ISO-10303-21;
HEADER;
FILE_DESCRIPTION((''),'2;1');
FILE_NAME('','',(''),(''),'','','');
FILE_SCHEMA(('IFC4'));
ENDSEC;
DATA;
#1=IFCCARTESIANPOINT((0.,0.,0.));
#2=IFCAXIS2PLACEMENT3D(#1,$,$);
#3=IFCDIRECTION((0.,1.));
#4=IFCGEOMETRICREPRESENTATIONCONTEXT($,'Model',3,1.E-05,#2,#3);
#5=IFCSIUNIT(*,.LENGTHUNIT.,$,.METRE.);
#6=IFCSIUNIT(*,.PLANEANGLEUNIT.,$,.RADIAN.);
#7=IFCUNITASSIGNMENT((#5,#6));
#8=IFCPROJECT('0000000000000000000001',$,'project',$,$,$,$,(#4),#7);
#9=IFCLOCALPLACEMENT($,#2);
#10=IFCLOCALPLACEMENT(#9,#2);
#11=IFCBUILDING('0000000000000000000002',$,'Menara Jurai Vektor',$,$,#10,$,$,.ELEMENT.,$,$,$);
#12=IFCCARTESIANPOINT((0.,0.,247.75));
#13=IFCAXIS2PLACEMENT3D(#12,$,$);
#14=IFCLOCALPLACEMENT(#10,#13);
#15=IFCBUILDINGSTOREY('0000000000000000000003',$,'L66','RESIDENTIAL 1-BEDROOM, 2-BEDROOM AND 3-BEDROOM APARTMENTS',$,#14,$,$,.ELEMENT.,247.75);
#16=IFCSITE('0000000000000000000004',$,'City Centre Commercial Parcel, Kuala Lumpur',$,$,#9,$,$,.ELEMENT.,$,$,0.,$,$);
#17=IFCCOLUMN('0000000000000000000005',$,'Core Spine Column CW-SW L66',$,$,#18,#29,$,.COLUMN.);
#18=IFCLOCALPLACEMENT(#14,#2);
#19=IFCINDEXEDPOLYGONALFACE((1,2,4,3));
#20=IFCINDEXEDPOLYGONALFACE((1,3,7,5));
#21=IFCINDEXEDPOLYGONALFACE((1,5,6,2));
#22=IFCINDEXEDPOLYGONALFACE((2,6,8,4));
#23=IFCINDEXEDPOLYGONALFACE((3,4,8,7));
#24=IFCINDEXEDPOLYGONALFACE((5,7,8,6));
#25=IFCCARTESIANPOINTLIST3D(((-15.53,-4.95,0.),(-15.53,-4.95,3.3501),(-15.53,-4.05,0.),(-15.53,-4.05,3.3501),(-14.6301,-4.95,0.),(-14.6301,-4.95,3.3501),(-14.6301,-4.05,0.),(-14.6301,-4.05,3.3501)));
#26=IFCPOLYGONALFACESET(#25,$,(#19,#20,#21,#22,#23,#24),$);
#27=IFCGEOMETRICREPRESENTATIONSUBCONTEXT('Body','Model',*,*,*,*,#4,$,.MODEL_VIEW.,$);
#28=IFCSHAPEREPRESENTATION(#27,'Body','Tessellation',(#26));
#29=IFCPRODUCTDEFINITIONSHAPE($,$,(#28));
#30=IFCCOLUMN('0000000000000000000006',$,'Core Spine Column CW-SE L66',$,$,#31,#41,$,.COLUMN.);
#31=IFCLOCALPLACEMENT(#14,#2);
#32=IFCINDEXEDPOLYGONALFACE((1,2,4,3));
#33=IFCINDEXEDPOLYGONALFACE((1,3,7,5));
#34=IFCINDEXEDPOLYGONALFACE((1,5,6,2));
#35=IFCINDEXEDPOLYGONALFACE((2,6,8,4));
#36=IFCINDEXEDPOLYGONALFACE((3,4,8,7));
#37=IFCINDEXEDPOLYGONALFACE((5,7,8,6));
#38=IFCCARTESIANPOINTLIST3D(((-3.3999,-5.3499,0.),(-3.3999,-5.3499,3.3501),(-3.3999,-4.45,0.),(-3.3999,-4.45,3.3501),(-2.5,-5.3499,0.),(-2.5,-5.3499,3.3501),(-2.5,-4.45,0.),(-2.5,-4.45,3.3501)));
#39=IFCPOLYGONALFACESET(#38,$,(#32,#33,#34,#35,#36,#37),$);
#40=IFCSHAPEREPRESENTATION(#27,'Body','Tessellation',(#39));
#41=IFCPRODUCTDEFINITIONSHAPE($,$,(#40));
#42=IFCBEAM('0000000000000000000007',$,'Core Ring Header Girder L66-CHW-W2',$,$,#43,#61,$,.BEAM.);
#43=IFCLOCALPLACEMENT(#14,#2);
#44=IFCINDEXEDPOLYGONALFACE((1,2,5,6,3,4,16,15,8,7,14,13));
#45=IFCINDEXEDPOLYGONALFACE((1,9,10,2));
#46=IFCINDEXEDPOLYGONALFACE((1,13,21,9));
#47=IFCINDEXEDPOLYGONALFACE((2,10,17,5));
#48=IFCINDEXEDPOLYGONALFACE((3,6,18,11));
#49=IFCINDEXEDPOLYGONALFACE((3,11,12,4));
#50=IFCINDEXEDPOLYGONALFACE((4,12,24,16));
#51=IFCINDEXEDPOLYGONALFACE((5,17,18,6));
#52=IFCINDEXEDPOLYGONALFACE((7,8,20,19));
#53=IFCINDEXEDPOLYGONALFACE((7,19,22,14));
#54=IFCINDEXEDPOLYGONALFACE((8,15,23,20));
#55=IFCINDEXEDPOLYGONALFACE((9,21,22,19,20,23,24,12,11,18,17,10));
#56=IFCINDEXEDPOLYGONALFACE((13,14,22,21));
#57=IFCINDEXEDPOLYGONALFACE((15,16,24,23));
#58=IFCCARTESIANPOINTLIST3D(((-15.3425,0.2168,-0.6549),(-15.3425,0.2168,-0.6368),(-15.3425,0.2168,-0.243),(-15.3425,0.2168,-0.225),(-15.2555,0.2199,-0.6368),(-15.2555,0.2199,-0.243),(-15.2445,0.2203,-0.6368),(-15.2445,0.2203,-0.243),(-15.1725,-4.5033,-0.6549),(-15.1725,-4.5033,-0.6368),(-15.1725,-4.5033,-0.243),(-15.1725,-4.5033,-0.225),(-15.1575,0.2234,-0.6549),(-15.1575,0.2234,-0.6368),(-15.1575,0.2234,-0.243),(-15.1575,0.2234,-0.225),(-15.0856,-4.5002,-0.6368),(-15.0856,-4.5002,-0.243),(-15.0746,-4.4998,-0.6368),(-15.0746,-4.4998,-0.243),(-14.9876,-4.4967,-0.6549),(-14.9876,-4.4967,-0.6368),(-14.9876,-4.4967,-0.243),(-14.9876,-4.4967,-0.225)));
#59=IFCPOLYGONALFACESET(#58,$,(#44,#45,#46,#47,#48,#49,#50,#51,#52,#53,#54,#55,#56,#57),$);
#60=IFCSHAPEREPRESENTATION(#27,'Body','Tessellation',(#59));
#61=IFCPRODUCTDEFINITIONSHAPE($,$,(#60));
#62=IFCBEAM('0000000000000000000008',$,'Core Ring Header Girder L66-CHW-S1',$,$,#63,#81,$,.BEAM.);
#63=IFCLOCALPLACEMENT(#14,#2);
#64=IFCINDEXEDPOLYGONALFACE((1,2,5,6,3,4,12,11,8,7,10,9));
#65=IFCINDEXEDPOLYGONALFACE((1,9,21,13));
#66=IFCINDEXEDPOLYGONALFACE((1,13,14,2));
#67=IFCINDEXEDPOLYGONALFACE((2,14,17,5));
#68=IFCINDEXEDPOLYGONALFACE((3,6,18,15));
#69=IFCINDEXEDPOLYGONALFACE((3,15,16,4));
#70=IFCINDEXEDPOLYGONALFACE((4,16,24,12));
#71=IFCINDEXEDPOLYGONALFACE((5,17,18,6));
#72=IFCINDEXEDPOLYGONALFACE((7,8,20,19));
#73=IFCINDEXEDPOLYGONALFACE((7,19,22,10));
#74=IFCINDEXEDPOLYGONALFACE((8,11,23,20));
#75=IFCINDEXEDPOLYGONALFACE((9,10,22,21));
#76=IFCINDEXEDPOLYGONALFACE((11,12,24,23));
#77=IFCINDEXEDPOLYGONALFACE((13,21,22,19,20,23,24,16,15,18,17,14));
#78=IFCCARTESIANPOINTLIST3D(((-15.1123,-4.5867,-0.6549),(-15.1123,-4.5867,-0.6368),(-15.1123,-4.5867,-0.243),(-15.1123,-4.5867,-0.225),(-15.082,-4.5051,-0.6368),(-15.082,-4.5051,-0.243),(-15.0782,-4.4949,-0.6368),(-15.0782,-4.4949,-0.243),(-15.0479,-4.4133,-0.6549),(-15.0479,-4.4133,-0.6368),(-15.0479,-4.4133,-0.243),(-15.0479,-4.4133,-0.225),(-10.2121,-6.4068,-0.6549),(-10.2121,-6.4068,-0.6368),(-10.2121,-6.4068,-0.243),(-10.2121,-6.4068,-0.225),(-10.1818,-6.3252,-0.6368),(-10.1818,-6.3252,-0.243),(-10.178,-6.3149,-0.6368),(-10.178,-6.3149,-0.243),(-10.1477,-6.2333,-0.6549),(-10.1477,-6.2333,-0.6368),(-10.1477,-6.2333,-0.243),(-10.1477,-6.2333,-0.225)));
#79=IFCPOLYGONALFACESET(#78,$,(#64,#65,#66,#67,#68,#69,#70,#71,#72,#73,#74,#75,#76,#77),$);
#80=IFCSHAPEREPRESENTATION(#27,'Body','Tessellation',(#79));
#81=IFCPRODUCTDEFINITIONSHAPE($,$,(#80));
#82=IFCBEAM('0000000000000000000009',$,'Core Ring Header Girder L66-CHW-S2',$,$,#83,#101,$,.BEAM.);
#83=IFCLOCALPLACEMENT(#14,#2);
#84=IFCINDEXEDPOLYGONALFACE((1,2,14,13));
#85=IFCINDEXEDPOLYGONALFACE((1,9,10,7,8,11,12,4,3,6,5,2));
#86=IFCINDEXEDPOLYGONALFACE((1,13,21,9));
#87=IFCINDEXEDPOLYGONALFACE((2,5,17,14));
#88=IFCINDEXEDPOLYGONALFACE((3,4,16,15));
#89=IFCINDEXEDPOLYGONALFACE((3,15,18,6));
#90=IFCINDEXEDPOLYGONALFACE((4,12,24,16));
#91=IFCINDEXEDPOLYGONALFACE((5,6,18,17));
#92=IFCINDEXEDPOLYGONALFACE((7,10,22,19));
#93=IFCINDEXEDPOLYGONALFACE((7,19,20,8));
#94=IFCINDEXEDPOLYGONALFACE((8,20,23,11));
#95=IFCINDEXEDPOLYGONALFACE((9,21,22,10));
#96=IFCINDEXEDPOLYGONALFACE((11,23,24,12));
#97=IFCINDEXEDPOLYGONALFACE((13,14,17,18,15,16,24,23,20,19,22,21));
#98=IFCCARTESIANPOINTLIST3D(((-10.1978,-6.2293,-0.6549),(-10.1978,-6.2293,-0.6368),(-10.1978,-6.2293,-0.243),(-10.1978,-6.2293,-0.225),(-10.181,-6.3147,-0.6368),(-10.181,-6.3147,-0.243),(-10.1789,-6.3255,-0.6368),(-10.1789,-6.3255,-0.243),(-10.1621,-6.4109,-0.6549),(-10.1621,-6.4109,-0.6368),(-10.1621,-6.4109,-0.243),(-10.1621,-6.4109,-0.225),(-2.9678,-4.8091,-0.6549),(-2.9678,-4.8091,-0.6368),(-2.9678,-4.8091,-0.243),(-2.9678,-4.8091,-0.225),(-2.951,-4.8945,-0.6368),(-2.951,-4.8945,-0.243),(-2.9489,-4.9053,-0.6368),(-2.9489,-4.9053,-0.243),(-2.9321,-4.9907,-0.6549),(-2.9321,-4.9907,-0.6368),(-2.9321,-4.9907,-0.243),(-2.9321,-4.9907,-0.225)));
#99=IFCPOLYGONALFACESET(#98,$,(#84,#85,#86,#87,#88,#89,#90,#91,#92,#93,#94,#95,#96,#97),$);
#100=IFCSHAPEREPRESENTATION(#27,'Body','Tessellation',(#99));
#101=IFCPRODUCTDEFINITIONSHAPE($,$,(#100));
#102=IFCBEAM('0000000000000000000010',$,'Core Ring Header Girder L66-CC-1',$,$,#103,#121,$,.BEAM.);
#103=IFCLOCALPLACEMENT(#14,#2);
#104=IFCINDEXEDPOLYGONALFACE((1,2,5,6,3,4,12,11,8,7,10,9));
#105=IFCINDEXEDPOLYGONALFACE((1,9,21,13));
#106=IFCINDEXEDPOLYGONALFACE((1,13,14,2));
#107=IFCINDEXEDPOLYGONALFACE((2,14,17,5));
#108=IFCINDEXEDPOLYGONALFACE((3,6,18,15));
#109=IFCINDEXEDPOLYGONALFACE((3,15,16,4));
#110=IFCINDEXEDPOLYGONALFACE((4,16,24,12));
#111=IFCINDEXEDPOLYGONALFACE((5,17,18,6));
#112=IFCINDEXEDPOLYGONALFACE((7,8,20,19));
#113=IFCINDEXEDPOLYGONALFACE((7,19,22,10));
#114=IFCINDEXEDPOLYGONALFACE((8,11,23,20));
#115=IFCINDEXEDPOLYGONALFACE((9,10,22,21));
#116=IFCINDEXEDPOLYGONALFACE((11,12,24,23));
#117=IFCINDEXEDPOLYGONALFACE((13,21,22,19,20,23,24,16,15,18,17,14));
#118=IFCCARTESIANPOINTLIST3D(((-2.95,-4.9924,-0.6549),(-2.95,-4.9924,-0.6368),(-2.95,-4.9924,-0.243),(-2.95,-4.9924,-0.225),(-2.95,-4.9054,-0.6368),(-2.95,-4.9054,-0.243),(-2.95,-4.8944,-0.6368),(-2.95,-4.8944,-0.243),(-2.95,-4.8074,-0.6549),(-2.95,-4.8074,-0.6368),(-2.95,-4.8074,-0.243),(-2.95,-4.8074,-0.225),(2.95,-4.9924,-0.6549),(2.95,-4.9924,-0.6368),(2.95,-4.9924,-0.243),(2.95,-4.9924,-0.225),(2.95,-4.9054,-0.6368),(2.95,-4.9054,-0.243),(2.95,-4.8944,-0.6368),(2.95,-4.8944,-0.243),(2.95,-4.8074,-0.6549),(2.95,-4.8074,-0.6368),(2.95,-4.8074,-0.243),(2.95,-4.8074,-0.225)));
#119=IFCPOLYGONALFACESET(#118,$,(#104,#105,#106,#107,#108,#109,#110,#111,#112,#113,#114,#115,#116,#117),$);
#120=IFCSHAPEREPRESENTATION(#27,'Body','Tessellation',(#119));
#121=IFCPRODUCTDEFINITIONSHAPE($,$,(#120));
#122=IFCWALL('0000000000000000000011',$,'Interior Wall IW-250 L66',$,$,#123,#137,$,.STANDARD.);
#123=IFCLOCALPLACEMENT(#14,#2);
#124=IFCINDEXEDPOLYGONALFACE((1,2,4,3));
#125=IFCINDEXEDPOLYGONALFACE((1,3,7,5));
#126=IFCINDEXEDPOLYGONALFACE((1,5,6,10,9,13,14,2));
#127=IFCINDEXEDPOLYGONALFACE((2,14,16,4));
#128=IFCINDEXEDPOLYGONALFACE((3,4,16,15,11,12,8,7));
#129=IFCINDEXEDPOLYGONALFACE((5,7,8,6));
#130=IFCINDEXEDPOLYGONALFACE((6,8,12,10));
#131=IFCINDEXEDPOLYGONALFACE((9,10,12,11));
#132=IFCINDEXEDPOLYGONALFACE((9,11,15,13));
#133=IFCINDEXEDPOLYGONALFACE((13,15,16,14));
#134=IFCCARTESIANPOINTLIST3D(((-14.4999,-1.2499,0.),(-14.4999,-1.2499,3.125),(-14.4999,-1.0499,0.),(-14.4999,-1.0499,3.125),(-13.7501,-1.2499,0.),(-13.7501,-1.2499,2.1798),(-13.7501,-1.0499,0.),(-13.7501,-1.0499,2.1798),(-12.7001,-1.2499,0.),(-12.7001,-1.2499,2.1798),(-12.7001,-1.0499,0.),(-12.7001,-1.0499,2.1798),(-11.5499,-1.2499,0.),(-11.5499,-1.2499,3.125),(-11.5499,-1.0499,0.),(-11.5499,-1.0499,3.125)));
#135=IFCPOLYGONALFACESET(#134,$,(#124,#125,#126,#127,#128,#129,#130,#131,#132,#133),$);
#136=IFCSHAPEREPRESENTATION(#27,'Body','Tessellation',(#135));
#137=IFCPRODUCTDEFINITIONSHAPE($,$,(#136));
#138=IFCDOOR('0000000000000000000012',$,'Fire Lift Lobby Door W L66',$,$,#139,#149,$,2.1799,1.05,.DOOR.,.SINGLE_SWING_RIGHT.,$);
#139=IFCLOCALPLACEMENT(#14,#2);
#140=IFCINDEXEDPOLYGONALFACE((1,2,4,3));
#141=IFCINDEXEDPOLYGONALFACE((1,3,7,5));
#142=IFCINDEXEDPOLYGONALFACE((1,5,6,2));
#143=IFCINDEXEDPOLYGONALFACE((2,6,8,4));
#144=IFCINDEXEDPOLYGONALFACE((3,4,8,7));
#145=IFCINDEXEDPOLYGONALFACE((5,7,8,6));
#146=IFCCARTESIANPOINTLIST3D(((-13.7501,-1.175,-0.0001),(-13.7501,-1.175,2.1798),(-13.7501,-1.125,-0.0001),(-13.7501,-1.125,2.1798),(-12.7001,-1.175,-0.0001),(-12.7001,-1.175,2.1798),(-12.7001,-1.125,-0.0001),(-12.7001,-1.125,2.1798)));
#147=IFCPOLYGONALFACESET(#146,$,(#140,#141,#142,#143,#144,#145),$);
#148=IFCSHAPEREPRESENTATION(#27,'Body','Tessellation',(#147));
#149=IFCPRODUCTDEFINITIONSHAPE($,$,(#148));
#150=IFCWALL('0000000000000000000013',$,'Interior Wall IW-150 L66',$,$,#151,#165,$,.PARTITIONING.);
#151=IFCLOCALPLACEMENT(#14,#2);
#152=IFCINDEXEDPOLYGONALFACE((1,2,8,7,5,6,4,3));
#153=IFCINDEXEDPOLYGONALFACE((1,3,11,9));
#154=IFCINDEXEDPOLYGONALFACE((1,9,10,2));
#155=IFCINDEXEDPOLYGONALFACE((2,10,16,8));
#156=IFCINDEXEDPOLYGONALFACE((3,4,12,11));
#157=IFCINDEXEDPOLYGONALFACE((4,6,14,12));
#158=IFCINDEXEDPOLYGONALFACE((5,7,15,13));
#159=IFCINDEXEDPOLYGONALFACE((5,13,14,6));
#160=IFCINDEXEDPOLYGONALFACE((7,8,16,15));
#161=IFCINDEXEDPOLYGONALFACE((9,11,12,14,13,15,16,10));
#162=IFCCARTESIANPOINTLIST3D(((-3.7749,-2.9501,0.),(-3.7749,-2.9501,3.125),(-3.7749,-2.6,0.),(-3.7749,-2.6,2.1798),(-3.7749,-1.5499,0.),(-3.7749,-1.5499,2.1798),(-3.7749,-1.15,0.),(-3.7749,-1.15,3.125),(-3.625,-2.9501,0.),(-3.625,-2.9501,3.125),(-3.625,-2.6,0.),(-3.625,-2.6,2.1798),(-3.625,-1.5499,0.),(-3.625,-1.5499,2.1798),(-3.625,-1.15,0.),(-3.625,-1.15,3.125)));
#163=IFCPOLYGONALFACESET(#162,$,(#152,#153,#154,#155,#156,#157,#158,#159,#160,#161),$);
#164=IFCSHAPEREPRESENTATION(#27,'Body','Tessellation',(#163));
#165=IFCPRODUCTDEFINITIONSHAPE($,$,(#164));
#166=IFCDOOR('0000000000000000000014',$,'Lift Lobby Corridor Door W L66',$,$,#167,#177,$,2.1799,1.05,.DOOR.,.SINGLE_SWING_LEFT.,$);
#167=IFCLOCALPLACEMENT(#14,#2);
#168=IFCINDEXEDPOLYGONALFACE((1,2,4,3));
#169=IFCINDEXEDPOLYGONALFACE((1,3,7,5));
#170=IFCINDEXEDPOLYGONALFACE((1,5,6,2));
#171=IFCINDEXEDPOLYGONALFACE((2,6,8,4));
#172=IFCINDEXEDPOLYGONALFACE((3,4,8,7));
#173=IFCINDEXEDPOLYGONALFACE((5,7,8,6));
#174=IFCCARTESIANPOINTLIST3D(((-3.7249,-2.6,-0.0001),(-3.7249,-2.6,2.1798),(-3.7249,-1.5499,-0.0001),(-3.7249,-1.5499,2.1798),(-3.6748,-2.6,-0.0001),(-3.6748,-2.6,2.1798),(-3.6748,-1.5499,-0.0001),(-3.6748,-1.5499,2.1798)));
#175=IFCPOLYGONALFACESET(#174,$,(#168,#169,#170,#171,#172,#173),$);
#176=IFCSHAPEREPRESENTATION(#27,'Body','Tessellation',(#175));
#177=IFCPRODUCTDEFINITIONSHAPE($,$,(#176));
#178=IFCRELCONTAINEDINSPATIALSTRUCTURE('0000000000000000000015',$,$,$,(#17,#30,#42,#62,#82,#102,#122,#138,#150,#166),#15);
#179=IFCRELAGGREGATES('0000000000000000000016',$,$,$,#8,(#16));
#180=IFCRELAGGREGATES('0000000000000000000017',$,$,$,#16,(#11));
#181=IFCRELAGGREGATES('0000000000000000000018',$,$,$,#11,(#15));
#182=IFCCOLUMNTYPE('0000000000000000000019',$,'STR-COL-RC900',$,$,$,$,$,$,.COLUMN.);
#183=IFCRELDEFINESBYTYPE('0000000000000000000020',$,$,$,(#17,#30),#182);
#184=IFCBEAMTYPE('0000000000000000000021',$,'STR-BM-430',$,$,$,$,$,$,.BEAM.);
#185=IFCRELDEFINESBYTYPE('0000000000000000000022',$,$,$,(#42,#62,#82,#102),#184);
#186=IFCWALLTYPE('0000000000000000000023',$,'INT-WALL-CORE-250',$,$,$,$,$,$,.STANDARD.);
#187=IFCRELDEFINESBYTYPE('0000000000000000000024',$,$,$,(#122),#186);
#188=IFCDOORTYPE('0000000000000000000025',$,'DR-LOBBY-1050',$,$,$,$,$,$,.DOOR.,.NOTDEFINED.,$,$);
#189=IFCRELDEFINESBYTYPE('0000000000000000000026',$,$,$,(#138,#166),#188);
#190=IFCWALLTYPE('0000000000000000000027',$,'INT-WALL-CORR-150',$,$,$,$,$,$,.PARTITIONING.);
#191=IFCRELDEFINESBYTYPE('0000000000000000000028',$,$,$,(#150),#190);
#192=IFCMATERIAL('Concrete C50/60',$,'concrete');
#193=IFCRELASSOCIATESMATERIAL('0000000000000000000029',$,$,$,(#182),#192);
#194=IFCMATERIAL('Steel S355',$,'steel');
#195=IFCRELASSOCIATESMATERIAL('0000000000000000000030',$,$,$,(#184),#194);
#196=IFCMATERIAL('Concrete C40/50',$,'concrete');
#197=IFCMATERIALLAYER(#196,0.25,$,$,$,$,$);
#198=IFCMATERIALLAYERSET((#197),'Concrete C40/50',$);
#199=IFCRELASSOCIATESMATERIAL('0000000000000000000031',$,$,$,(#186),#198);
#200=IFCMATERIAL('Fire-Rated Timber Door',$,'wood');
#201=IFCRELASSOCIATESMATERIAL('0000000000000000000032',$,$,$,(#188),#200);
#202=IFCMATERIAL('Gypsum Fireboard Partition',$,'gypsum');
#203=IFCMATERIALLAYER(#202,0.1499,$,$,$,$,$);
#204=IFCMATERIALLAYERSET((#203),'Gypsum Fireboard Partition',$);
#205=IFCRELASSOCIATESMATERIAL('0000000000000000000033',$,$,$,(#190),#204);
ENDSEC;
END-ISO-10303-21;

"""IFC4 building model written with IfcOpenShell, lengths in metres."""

from ifc_helpers import new_model, si_unit, direction, frame, frame_2d, origin, origin_2d, place, context, subcontext, project, spatial, rectangle, i_section, extrude, material, layer, layer_set, material_profile, profile_set, type_object, element, fill, save


model = new_model("IFC4")

# Units and contexts
model_context = context("Model", 3, precision=1e-05, world=origin(), true_north=direction((0.0, 1.0)))
body_context = subcontext(model_context, "Body", "Model", "MODEL_VIEW")
ifc_project = project(units=[si_unit("LENGTHUNIT", "METRE"), si_unit("PLANEANGLEUNIT", "RADIAN")], contexts=[model_context])

# Site, building, storey
site_placement = place(None, origin())
site = spatial("IfcSite", under=ifc_project, at=site_placement, Name="City Centre Commercial Parcel, Kuala Lumpur", CompositionType="ELEMENT", RefElevation=0.0)
building_placement = place(site_placement, origin())
building = spatial("IfcBuilding", under=site, at=building_placement, Name="Menara Jurai Vektor", CompositionType="ELEMENT")
storey_placement = place(building_placement, frame((0.0, 0.0, 247.75)))
storey = spatial("IfcBuildingStorey", under=building, at=storey_placement, Name="L66", Description="RESIDENTIAL 1-BEDROOM, 2-BEDROOM AND 3-BEDROOM APARTMENTS", CompositionType="ELEMENT", Elevation=247.75)

# Columns
ifc_material_1 = material(Name="Concrete C50/60", Category="concrete")
ifc_material_profile_1 = material_profile(ifc_material_1, rectangle(XDim=0.8999, YDim=0.8999, at=origin_2d()), Name="RC 900x900")
ifc_profile_set_1 = profile_set([ifc_material_profile_1], Name="Concrete C50/60")
column_type = type_object("IfcColumnType", Name="STR-COL-RC900", PredefinedType="COLUMN", material=ifc_profile_set_1)
for number, where, z_axis, x_axis, name in (
    (1, (-15.0801, -4.5, 0.0), (0.0, 0.0, 1.0), (1.0, 0.0, 0.0), "Core Spine Column CW-SW L66"),
    (2, (-2.95, -4.8999, 0.0), (0.0, 0.0, 1.0), (1.0, 0.0, 0.0), "Core Spine Column CW-SE L66"),
):
    element("IfcColumn", number, at=place(storey_placement, frame(where, z_axis=z_axis, x_axis=x_axis)), inside=storey, type_object=column_type, Name=name, PredefinedType="COLUMN", context=body_context, shape_type="SweptSolid", body=[
        extrude(rectangle(XDim=0.8999, YDim=0.8999, at=origin_2d()), origin(), (0.0, 0.0, 1.0), 3.3501),
    ])

# Beams
ifc_material_2 = material(Name="Steel S355", Category="steel")
ifc_material_profile_2 = material_profile(ifc_material_2, i_section(OverallWidth=0.1851, OverallDepth=0.4299, WebThickness=0.011, FlangeThickness=0.0181, at=origin_2d()), Name="PG 430x185x76")
ifc_profile_set_2 = profile_set([ifc_material_profile_2], Name="Steel S355")
beam_type = type_object("IfcBeamType", Name="STR-BM-430", PredefinedType="BEAM", material=ifc_profile_set_2)
beam_1_placement = place(storey_placement, frame((-15.0801, -4.5, -0.4399), z_axis=(-0.035977, 0.999353, 0.0), x_axis=(-0.999353, -0.035977, 0.0)))
element("IfcBeam", 3, at=beam_1_placement, inside=storey, type_object=beam_type, Name="Core Ring Header Girder L66-CHW-W2", PredefinedType="BEAM", context=body_context, shape_type="SweptSolid", body=[
    extrude(i_section(OverallWidth=0.1851, OverallDepth=0.4299, WebThickness=0.011, FlangeThickness=0.0181, at=origin_2d()), origin(), (0.0, 0.0, 1.0), 4.7231),
])
beam_2_placement = place(storey_placement, frame((-15.0801, -4.5, -0.4399), z_axis=(0.937424, -0.348189, 0.0), x_axis=(0.348189, 0.937424, 0.0)))
element("IfcBeam", 4, at=beam_2_placement, inside=storey, type_object=beam_type, Name="Core Ring Header Girder L66-CHW-S1", PredefinedType="BEAM", context=body_context, shape_type="SweptSolid", body=[
    extrude(i_section(OverallWidth=0.1851, OverallDepth=0.4299, WebThickness=0.011, FlangeThickness=0.0181, at=origin_2d()), origin(), (0.0, 0.0, 1.0), 5.2273),
])
beam_3_placement = place(storey_placement, frame((-10.1799, -6.3201, -0.4399), z_axis=(0.981249, 0.192744, 0.0), x_axis=(-0.192744, 0.981249, 0.0)))
element("IfcBeam", 5, at=beam_3_placement, inside=storey, type_object=beam_type, Name="Core Ring Header Girder L66-CHW-S2", PredefinedType="BEAM", context=body_context, shape_type="SweptSolid", body=[
    extrude(i_section(OverallWidth=0.1851, OverallDepth=0.4299, WebThickness=0.011, FlangeThickness=0.0181, at=origin_2d()), origin(), (0.0, 0.0, 1.0), 7.3682),
])
beam_4_placement = place(storey_placement, frame((-2.95, -4.8999, -0.4399), z_axis=(1.0, 0.0, 0.0), x_axis=(0.0, 1.0, 0.0)))
element("IfcBeam", 6, at=beam_4_placement, inside=storey, type_object=beam_type, Name="Core Ring Header Girder L66-CC-1", PredefinedType="BEAM", context=body_context, shape_type="SweptSolid", body=[
    extrude(i_section(OverallWidth=0.1851, OverallDepth=0.4299, WebThickness=0.011, FlangeThickness=0.0181, at=origin_2d()), origin(), (0.0, 0.0, 1.0), 5.8999),
])

# Walls, openings, doors
ifc_material_3 = material(Name="Concrete C40/50", Category="concrete")
ifc_layer_1 = layer(ifc_material_3, 0.25)
ifc_layer_set_1 = layer_set([ifc_layer_1], Name="Concrete C40/50")
wall_type_1 = type_object("IfcWallType", Name="INT-WALL-CORE-250", PredefinedType="STANDARD", material=ifc_layer_set_1)
wall_1_placement = place(storey_placement, frame((-14.5, -1.1499, 0.0), z_axis=(0.0, 0.0, 1.0), x_axis=(1.0, 0.0, 0.0)))
wall_1 = element("IfcWall", 7, at=wall_1_placement, inside=storey, type_object=wall_type_1, Name="Interior Wall IW-250 L66", PredefinedType="STANDARD", context=body_context, shape_type="SweptSolid", body=[
    extrude(rectangle(XDim=2.95, YDim=0.2, at=frame_2d((1.4751, 0.0))), origin(), (0.0, 0.0, 1.0), 3.125),
])
opening_1_placement = place(wall_1_placement, frame((0.75, 0.0, 0.0)))
opening_1 = element("IfcOpeningElement", 8, at=opening_1_placement, cuts=wall_1, PredefinedType="OPENING", context=body_context, shape_type="SweptSolid", body=[
    extrude(rectangle(XDim=1.05, YDim=2.1799, at=frame_2d((0.5249, 1.0898))), frame((0.0, 0.1099, 0.0), z_axis=(0.0, -1.0, 0.0), x_axis=(1.0, 0.0, 0.0)), (0.0, 0.0, 1.0), 0.22),
])
ifc_material_4 = material(Name="Fire-Rated Timber Door", Category="wood")
door_type_1 = type_object("IfcDoorType", Name="DR-LOBBY-1050", OperationType="NOTDEFINED", PredefinedType="DOOR", material=ifc_material_4)
door_1_placement = place(opening_1_placement, origin())
door_1 = element("IfcDoor", 9, at=door_1_placement, inside=storey, type_object=door_type_1, Name="Fire Lift Lobby Door W L66", OperationType="SINGLE_SWING_RIGHT", OverallHeight=2.1799, OverallWidth=1.05, PredefinedType="DOOR", context=body_context, shape_type="SweptSolid", body=[
    extrude(rectangle(XDim=1.05, YDim=2.1799, at=frame_2d((0.5249, 1.0898))), frame((0.0, 0.0249, 0.0), z_axis=(0.0, -1.0, 0.0), x_axis=(1.0, 0.0, 0.0)), (0.0, 0.0, 1.0), 0.05),
])
fill(opening_1, door_1)
ifc_material_5 = material(Name="Gypsum Fireboard Partition", Category="gypsum")
ifc_layer_2 = layer(ifc_material_5, 0.1499)
ifc_layer_set_2 = layer_set([ifc_layer_2], Name="Gypsum Fireboard Partition")
wall_type_2 = type_object("IfcWallType", Name="INT-WALL-CORR-150", PredefinedType="PARTITIONING", material=ifc_layer_set_2)
wall_2_placement = place(storey_placement, frame((-3.7, -2.95, 0.0), z_axis=(0.0, 0.0, 1.0), x_axis=(0.0, 1.0, 0.0)))
wall_2 = element("IfcWall", 10, at=wall_2_placement, inside=storey, type_object=wall_type_2, Name="Interior Wall IW-150 L66", PredefinedType="PARTITIONING", context=body_context, shape_type="SweptSolid", body=[
    extrude(rectangle(XDim=1.8, YDim=0.1499, at=frame_2d((0.8999, 0.0))), origin(), (0.0, 0.0, 1.0), 3.125),
])
opening_2_placement = place(wall_2_placement, frame((0.3501, 0.0, 0.0)))
opening_2 = element("IfcOpeningElement", 11, at=opening_2_placement, cuts=wall_2, PredefinedType="OPENING", context=body_context, shape_type="SweptSolid", body=[
    extrude(rectangle(XDim=1.05, YDim=2.1799, at=frame_2d((0.5249, 1.0898))), frame((0.0, 0.085, 0.0), z_axis=(0.0, -1.0, 0.0), x_axis=(1.0, 0.0, 0.0)), (0.0, 0.0, 1.0), 0.1699),
])
door_2_placement = place(opening_2_placement, origin())
door_2 = element("IfcDoor", 12, at=door_2_placement, inside=storey, type_object=door_type_1, Name="Lift Lobby Corridor Door W L66", OperationType="SINGLE_SWING_LEFT", OverallHeight=2.1799, OverallWidth=1.05, PredefinedType="DOOR", context=body_context, shape_type="SweptSolid", body=[
    extrude(rectangle(XDim=1.05, YDim=2.1799, at=frame_2d((0.5249, 1.0898))), frame((0.0, 0.0249, 0.0), z_axis=(0.0, -1.0, 0.0), x_axis=(1.0, 0.0, 0.0)), (0.0, 0.0, 1.0), 0.05),
])
fill(opening_2, door_2)

save(model, "model.ifc")
